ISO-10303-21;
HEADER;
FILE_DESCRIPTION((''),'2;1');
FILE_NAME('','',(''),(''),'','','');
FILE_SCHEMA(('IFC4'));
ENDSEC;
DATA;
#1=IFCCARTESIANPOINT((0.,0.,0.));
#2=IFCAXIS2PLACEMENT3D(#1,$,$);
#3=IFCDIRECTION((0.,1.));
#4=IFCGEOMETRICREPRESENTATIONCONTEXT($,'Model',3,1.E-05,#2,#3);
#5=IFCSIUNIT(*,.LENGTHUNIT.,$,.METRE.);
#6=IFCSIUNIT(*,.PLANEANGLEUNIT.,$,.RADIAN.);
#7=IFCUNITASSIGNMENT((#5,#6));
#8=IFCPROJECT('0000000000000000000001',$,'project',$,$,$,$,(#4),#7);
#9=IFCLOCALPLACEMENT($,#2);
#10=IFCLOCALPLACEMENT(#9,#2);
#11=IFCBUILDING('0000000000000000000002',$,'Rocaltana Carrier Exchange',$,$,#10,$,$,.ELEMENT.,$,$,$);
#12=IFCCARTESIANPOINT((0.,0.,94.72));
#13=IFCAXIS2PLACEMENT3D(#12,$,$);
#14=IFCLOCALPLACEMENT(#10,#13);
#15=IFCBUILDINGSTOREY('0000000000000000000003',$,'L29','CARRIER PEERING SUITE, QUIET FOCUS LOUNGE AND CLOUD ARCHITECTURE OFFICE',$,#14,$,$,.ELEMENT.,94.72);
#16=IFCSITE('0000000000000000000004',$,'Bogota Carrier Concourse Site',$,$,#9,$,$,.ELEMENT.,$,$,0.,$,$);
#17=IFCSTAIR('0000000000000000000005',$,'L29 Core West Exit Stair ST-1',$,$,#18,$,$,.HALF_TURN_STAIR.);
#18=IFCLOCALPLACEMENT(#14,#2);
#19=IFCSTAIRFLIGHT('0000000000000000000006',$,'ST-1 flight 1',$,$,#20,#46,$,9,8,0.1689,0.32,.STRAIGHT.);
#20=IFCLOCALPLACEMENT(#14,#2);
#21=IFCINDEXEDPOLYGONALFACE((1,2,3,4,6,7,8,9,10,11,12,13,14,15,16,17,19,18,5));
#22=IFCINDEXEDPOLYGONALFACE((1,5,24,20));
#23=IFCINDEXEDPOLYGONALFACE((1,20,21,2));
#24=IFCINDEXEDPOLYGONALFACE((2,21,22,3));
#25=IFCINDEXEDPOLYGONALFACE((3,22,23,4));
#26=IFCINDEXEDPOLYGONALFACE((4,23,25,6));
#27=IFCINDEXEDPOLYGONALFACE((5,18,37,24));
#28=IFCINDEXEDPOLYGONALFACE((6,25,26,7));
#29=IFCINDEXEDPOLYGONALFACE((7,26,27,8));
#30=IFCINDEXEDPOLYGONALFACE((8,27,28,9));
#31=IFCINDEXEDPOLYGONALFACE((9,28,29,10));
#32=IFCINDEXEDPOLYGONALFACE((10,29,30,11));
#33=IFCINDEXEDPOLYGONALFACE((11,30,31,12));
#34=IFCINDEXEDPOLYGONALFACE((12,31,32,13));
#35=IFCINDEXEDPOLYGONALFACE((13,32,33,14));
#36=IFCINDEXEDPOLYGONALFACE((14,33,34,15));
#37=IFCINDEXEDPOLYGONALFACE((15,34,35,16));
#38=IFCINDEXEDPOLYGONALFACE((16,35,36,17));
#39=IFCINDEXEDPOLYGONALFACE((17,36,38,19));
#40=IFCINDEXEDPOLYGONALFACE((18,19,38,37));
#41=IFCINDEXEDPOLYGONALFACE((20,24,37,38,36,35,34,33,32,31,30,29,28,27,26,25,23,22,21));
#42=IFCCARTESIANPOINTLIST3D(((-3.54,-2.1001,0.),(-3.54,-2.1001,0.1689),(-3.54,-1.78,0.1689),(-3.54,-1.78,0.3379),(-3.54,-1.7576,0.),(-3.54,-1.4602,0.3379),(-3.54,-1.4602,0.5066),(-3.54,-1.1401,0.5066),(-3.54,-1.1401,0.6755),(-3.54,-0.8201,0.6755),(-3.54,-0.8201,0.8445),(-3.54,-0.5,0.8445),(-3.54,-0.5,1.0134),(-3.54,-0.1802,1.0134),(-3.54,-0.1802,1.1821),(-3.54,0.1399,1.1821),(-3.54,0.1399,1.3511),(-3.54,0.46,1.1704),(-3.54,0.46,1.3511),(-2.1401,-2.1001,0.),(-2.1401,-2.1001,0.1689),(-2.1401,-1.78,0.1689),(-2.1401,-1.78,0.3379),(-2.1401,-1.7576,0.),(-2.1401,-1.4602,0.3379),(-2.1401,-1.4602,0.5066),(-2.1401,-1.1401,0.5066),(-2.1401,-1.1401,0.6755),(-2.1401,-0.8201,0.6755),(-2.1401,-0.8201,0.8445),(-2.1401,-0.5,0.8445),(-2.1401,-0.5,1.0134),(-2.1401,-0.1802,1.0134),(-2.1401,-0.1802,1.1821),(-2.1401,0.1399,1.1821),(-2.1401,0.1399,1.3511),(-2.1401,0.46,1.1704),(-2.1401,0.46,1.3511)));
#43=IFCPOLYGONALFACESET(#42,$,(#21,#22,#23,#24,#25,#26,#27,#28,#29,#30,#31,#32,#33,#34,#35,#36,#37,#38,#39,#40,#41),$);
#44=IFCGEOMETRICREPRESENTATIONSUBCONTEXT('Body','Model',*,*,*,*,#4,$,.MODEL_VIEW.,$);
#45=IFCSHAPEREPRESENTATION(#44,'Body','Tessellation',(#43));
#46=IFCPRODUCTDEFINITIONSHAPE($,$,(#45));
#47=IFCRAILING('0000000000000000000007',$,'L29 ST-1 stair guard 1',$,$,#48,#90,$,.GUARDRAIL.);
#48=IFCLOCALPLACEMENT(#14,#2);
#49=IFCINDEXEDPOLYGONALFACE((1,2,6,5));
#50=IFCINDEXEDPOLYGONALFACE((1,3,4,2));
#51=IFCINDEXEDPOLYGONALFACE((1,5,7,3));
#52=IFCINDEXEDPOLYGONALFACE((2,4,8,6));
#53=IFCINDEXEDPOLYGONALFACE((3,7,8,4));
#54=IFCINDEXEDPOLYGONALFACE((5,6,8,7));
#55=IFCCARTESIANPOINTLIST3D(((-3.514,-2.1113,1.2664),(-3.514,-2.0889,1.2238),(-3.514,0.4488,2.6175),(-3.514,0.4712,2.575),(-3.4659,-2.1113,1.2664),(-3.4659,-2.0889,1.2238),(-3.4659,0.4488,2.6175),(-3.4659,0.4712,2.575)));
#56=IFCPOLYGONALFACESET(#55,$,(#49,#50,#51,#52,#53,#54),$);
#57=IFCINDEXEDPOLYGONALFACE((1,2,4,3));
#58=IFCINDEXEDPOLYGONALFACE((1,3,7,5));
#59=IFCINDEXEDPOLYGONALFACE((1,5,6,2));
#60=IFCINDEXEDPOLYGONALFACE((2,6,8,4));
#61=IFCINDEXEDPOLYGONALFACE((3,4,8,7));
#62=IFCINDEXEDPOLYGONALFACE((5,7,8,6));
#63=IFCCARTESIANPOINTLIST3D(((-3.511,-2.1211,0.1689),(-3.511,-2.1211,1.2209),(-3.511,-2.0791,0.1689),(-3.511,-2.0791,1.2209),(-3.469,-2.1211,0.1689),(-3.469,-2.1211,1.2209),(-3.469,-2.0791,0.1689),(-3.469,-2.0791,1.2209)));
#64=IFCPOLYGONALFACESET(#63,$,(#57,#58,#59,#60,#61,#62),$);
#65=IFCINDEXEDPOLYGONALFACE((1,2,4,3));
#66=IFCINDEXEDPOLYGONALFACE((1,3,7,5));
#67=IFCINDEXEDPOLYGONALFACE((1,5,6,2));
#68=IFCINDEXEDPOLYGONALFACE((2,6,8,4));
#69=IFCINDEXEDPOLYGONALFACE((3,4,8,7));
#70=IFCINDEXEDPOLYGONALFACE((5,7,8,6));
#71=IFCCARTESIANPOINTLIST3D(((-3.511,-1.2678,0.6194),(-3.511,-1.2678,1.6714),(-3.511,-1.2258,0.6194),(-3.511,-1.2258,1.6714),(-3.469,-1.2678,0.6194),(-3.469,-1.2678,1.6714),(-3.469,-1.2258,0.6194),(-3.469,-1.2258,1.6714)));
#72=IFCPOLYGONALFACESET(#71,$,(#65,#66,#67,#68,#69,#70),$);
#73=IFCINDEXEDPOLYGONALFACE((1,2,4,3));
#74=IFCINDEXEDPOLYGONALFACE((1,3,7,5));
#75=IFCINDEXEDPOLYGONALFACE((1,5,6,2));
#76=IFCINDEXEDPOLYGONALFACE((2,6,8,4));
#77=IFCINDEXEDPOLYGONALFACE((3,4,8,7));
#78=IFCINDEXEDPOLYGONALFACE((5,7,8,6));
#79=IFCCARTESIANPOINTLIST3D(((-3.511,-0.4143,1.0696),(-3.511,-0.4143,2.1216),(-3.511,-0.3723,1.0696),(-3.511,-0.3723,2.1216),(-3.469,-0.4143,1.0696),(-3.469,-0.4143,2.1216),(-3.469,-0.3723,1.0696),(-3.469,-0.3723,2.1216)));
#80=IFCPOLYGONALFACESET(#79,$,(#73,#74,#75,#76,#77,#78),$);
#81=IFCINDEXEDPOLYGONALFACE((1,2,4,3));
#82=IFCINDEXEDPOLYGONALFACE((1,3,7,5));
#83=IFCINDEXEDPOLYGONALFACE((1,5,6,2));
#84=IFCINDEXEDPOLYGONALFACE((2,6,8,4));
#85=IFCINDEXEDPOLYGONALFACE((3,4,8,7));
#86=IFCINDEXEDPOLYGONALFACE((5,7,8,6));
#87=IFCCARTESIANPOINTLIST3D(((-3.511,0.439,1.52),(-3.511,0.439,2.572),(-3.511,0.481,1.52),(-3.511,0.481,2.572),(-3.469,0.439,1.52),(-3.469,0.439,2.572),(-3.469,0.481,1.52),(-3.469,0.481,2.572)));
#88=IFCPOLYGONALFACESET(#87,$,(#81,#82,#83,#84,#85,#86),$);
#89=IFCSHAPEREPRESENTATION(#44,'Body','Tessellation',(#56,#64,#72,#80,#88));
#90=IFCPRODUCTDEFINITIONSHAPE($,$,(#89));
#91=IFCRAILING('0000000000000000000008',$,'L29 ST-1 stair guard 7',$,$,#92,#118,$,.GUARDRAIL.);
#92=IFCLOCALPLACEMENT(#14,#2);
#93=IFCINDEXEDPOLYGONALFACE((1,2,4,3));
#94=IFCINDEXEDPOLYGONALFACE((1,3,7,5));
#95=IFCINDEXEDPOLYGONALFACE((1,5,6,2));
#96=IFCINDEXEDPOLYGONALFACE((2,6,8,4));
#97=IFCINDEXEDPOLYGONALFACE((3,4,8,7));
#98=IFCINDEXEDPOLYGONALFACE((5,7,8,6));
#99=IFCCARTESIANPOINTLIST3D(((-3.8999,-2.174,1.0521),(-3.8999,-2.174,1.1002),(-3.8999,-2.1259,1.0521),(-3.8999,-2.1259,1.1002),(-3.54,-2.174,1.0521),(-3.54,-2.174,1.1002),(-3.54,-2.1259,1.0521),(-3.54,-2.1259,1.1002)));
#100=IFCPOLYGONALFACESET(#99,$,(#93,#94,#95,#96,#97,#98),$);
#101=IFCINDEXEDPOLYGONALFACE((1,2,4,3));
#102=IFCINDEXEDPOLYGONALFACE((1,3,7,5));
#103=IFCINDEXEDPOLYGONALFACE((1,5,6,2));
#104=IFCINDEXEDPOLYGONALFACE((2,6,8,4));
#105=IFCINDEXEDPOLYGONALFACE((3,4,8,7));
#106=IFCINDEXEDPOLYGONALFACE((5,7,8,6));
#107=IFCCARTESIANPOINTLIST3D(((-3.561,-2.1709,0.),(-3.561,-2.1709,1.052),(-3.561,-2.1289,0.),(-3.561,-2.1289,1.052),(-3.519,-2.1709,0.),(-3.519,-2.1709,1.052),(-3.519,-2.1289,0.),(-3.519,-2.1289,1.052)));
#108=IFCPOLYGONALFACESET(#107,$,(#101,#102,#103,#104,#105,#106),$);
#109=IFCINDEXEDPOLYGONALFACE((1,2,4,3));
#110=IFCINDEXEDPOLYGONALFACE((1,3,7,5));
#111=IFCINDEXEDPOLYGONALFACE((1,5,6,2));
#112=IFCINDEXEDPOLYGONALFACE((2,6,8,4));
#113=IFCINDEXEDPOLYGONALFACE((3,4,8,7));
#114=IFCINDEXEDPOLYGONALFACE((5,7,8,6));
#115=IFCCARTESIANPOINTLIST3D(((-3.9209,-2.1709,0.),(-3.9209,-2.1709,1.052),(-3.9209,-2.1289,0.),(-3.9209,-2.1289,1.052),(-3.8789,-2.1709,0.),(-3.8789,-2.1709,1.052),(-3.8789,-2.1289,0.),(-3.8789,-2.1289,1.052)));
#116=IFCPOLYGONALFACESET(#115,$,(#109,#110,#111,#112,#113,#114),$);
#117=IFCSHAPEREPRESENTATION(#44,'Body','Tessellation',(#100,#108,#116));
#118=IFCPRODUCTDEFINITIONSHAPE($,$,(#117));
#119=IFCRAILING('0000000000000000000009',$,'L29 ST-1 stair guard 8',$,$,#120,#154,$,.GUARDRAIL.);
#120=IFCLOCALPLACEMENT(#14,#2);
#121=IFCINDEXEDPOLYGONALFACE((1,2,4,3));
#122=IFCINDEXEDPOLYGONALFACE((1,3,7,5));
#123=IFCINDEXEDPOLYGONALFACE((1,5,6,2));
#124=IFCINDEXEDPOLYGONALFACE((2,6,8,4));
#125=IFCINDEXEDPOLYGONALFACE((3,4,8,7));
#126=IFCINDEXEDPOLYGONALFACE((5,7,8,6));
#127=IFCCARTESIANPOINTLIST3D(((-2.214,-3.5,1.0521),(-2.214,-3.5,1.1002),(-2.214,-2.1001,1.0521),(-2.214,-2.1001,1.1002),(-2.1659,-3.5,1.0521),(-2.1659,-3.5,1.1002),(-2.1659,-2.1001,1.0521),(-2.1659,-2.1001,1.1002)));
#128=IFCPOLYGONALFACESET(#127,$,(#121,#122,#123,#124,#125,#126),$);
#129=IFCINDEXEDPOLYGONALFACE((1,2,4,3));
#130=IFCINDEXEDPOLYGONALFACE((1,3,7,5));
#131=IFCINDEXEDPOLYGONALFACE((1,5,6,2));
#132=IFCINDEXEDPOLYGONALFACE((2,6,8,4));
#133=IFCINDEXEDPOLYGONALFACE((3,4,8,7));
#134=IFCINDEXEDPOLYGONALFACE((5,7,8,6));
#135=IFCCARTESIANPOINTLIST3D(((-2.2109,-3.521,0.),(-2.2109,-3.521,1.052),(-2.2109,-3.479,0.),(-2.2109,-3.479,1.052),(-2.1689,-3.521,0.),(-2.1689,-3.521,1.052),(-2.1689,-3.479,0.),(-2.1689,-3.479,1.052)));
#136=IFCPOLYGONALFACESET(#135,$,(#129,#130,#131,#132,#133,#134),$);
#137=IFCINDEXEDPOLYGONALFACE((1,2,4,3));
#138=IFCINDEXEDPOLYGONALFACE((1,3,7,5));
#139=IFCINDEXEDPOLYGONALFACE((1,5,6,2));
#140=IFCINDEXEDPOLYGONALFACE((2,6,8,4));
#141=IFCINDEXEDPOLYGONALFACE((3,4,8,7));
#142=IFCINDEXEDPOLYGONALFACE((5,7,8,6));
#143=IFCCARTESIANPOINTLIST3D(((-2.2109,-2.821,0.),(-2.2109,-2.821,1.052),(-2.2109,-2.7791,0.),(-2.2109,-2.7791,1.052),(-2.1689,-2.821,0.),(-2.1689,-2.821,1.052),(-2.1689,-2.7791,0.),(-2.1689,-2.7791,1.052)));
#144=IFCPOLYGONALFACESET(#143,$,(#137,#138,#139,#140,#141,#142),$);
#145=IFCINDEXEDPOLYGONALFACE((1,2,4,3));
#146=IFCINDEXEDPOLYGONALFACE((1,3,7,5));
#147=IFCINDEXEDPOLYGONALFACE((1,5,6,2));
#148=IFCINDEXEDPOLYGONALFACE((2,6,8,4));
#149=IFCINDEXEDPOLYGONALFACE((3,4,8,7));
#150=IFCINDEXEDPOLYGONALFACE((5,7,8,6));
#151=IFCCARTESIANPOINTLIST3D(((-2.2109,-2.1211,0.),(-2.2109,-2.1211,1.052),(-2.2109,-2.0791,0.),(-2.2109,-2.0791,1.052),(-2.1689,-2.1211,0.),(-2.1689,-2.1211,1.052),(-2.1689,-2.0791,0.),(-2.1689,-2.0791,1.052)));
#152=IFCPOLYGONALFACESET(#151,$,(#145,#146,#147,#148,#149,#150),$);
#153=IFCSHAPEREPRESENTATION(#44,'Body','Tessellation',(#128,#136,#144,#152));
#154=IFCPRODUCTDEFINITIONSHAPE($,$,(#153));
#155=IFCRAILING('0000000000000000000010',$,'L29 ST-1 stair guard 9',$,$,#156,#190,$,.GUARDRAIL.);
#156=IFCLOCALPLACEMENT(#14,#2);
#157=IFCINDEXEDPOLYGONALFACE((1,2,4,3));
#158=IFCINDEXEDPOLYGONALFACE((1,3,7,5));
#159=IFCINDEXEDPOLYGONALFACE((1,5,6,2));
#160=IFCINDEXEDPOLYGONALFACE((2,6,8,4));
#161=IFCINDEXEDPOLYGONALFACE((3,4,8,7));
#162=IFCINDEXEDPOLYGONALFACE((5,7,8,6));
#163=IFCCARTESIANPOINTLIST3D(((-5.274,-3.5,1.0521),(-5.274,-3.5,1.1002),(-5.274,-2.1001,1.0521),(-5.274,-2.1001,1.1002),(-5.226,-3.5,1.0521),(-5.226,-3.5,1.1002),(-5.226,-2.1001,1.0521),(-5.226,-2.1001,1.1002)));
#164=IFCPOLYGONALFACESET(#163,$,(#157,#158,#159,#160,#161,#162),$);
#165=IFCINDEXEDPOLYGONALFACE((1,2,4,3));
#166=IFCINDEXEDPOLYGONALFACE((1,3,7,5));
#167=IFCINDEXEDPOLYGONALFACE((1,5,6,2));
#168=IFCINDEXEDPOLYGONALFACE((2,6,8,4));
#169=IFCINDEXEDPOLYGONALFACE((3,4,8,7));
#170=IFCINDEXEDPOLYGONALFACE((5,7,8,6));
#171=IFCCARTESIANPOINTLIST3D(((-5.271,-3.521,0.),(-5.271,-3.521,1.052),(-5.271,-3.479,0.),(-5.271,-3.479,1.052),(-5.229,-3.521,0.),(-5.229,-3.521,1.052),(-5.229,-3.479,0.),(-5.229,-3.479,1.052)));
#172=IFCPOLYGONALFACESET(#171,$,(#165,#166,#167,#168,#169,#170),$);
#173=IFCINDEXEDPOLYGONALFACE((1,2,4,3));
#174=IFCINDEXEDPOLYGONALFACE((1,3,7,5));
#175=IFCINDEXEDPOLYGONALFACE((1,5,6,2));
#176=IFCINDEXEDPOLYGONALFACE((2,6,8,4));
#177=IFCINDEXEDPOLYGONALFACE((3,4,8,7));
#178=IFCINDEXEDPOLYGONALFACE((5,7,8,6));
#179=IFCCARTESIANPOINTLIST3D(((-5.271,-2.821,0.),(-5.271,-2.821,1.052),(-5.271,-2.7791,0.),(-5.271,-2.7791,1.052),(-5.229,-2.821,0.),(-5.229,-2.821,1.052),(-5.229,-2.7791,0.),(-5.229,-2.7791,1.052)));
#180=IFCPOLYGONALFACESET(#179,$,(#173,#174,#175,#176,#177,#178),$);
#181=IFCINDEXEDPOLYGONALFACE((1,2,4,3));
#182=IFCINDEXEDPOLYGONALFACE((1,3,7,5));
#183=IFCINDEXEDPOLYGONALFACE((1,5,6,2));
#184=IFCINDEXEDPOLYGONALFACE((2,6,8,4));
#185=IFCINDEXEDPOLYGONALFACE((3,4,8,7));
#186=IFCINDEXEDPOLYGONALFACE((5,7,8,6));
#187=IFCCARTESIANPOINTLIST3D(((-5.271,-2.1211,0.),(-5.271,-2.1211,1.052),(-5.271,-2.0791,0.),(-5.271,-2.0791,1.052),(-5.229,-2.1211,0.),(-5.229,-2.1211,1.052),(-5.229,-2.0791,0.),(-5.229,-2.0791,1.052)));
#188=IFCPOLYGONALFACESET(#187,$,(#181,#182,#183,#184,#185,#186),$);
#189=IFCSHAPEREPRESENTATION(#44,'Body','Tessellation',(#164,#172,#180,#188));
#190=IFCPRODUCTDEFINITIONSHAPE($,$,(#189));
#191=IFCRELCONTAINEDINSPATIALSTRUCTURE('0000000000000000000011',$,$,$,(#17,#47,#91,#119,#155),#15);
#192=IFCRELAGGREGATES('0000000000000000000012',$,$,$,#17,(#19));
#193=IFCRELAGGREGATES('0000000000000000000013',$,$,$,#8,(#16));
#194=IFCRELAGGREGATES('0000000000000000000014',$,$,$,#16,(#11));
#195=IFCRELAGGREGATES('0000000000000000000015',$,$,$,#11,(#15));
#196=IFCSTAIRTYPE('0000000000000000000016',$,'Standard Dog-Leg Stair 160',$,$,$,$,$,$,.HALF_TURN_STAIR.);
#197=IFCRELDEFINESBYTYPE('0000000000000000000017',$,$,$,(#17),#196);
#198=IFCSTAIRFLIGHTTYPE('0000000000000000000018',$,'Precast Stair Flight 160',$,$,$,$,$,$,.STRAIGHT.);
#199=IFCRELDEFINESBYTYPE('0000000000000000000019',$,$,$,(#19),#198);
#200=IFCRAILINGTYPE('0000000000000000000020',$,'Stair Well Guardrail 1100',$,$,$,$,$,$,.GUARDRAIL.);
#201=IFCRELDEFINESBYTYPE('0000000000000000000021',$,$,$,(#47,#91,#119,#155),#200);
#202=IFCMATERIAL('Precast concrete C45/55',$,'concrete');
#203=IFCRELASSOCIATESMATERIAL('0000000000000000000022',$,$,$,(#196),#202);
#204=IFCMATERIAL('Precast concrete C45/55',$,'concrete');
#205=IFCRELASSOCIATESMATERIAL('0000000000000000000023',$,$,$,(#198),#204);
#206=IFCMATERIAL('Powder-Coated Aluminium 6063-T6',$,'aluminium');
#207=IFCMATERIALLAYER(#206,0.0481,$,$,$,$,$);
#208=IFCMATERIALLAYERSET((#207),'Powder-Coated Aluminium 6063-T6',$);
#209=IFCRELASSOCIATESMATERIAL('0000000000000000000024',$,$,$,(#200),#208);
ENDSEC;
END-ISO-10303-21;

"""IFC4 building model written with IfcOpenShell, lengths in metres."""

from ifc_helpers import new_model, si_unit, direction, frame, origin, origin_2d, place, context, subcontext, project, spatial, polyline, rectangle, outline, extrude, material, layer, layer_set, type_object, element, aggregate, save


model = new_model("IFC4")

# Units and contexts
model_context = context("Model", 3, precision=1e-05, world=origin(), true_north=direction((0.0, 1.0)))
body_context = subcontext(model_context, "Body", "Model", "MODEL_VIEW")
ifc_project = project(units=[si_unit("LENGTHUNIT", "METRE"), si_unit("PLANEANGLEUNIT", "RADIAN")], contexts=[model_context])

# Site, building, storey
site_placement = place(None, origin())
site = spatial("IfcSite", under=ifc_project, at=site_placement, Name="Bogota Carrier Concourse Site", CompositionType="ELEMENT", RefElevation=0.0)
building_placement = place(site_placement, origin())
building = spatial("IfcBuilding", under=site, at=building_placement, Name="Rocaltana Carrier Exchange", CompositionType="ELEMENT")
storey_placement = place(building_placement, frame((0.0, 0.0, 94.72)))
storey = spatial("IfcBuildingStorey", under=building, at=storey_placement, Name="L29", Description="CARRIER PEERING SUITE, QUIET FOCUS LOUNGE AND CLOUD ARCHITECTURE OFFICE", CompositionType="ELEMENT", Elevation=94.72)

# Stair, stair flight
ifc_material_1 = material(Name="Precast concrete C45/55", Category="concrete")
stair_type = type_object("IfcStairType", Name="Standard Dog-Leg Stair 160", PredefinedType="HALF_TURN_STAIR", material=ifc_material_1)
stair_placement = place(storey_placement, origin())
stair = element("IfcStair", 1, at=stair_placement, inside=storey, type_object=stair_type, Name="L29 Core West Exit Stair ST-1", PredefinedType="HALF_TURN_STAIR")
ifc_material_2 = material(Name="Precast concrete C45/55", Category="concrete")
stair_flight_type = type_object("IfcStairFlightType", Name="Precast Stair Flight 160", PredefinedType="STRAIGHT", material=ifc_material_2)
stair_flight_placement = place(storey_placement, frame((-2.8401, -2.1001, 0.0), z_axis=(0.0, 0.0, 1.0), x_axis=(0.0, 1.0, 0.0)))
stair_flight = element("IfcStairFlight", 2, at=stair_flight_placement, type_object=stair_flight_type, Name="ST-1 flight 1", NumberOfRisers=9, NumberOfTreads=8, PredefinedType="STRAIGHT", RiserHeight=0.1689, TreadLength=0.32, context=body_context, shape_type="SweptSolid", body=[
    extrude(outline(polyline([(0.0, 0.0), (0.0, 0.1689), (0.3201, 0.1689), (0.3201, 0.3379), (0.6399, 0.3379), (0.6399, 0.5066), (0.96, 0.5066), (0.96, 0.6755), (1.28, 0.6755), (1.28, 0.8445), (1.6001, 0.8445), (1.6001, 1.0134), (1.9199, 1.0134), (1.9199, 1.1821), (2.24, 1.1821), (2.24, 1.3511), (2.5601, 1.3511), (2.5601, 1.52), (2.5601, 1.1704), (0.3425, 0.0), (0.0, 0.0)])), frame((0.0, 0.7, 0.0), z_axis=(0.0, -1.0, 0.0), x_axis=(1.0, 0.0, 0.0)), (0.0, 0.0, 1.0), 1.3999),
])
aggregate(stair, [stair_flight])

# Railings
ifc_material_3 = material(Name="Powder-Coated Aluminium 6063-T6", Category="aluminium")
ifc_layer_1 = layer(ifc_material_3, 0.0481)
ifc_layer_set_1 = layer_set([ifc_layer_1], Name="Powder-Coated Aluminium 6063-T6")
railing_type = type_object("IfcRailingType", Name="Stair Well Guardrail 1100", PredefinedType="GUARDRAIL", material=ifc_layer_set_1)
railing_1_placement = place(storey_placement, frame((-3.49, -2.1001, 0.1689)))
element("IfcRailing", 3, at=railing_1_placement, inside=storey, type_object=railing_type, Name="L29 ST-1 stair guard 1", PredefinedType="GUARDRAIL", context=body_context, shape_type="SweptSolid", body=[
    extrude(rectangle(XDim=0.0481, YDim=0.0481, at=origin_2d()), frame((0.0, 0.0, 1.0762), z_axis=(0.0, 0.884394, 0.46674), x_axis=(-1.0, 0.0, 0.0)), (0.0, 0.0, 1.0), 2.8948),
    extrude(rectangle(XDim=0.042, YDim=0.042, at=origin_2d()), origin(), (0.0, 0.0, 1.0), 1.052),
    extrude(rectangle(XDim=0.042, YDim=0.042, at=origin_2d()), frame((0.0, 0.8533, 0.4504)), (0.0, 0.0, 1.0), 1.052),
    extrude(rectangle(XDim=0.042, YDim=0.042, at=origin_2d()), frame((0.0, 1.7068, 0.9006)), (0.0, 0.0, 1.0), 1.052),
    extrude(rectangle(XDim=0.042, YDim=0.042, at=origin_2d()), frame((0.0, 2.5601, 1.3511)), (0.0, 0.0, 1.0), 1.052),
])
railing_2_placement = place(storey_placement, frame((-3.54, -2.1499, 0.0)))
element("IfcRailing", 4, at=railing_2_placement, inside=storey, type_object=railing_type, Name="L29 ST-1 stair guard 7", PredefinedType="GUARDRAIL", context=body_context, shape_type="SweptSolid", body=[
    extrude(rectangle(XDim=0.0481, YDim=0.0481, at=origin_2d()), frame((0.0, 0.0, 1.0762), z_axis=(-1.0, 0.0, 0.0), x_axis=(0.0, -1.0, 0.0)), (0.0, 0.0, 1.0), 0.3599),
    extrude(rectangle(XDim=0.042, YDim=0.042, at=origin_2d()), origin(), (0.0, 0.0, 1.0), 1.052),
    extrude(rectangle(XDim=0.042, YDim=0.042, at=origin_2d()), frame((-0.3599, 0.0, 0.0)), (0.0, 0.0, 1.0), 1.052),
])
for number, where, name in (
    (5, (-2.1899, -3.5, 0.0), "L29 ST-1 stair guard 8"),
    (6, (-5.25, -3.5, 0.0), "L29 ST-1 stair guard 9"),
):
    element("IfcRailing", number, at=place(storey_placement, frame(where)), inside=storey, type_object=railing_type, Name=name, PredefinedType="GUARDRAIL", context=body_context, shape_type="SweptSolid", body=[
        extrude(rectangle(XDim=0.0481, YDim=0.0481, at=origin_2d()), frame((0.0, 0.0, 1.0762), z_axis=(0.0, 1.0, 0.0), x_axis=(-1.0, 0.0, 0.0)), (0.0, 0.0, 1.0), 1.3999),
        extrude(rectangle(XDim=0.042, YDim=0.042, at=origin_2d()), origin(), (0.0, 0.0, 1.0), 1.052),
        extrude(rectangle(XDim=0.042, YDim=0.042, at=origin_2d()), frame((0.0, 0.7, 0.0)), (0.0, 0.0, 1.0), 1.052),
        extrude(rectangle(XDim=0.042, YDim=0.042, at=origin_2d()), frame((0.0, 1.3999, 0.0)), (0.0, 0.0, 1.0), 1.052),
    ])

save(model, "model.ifc")
